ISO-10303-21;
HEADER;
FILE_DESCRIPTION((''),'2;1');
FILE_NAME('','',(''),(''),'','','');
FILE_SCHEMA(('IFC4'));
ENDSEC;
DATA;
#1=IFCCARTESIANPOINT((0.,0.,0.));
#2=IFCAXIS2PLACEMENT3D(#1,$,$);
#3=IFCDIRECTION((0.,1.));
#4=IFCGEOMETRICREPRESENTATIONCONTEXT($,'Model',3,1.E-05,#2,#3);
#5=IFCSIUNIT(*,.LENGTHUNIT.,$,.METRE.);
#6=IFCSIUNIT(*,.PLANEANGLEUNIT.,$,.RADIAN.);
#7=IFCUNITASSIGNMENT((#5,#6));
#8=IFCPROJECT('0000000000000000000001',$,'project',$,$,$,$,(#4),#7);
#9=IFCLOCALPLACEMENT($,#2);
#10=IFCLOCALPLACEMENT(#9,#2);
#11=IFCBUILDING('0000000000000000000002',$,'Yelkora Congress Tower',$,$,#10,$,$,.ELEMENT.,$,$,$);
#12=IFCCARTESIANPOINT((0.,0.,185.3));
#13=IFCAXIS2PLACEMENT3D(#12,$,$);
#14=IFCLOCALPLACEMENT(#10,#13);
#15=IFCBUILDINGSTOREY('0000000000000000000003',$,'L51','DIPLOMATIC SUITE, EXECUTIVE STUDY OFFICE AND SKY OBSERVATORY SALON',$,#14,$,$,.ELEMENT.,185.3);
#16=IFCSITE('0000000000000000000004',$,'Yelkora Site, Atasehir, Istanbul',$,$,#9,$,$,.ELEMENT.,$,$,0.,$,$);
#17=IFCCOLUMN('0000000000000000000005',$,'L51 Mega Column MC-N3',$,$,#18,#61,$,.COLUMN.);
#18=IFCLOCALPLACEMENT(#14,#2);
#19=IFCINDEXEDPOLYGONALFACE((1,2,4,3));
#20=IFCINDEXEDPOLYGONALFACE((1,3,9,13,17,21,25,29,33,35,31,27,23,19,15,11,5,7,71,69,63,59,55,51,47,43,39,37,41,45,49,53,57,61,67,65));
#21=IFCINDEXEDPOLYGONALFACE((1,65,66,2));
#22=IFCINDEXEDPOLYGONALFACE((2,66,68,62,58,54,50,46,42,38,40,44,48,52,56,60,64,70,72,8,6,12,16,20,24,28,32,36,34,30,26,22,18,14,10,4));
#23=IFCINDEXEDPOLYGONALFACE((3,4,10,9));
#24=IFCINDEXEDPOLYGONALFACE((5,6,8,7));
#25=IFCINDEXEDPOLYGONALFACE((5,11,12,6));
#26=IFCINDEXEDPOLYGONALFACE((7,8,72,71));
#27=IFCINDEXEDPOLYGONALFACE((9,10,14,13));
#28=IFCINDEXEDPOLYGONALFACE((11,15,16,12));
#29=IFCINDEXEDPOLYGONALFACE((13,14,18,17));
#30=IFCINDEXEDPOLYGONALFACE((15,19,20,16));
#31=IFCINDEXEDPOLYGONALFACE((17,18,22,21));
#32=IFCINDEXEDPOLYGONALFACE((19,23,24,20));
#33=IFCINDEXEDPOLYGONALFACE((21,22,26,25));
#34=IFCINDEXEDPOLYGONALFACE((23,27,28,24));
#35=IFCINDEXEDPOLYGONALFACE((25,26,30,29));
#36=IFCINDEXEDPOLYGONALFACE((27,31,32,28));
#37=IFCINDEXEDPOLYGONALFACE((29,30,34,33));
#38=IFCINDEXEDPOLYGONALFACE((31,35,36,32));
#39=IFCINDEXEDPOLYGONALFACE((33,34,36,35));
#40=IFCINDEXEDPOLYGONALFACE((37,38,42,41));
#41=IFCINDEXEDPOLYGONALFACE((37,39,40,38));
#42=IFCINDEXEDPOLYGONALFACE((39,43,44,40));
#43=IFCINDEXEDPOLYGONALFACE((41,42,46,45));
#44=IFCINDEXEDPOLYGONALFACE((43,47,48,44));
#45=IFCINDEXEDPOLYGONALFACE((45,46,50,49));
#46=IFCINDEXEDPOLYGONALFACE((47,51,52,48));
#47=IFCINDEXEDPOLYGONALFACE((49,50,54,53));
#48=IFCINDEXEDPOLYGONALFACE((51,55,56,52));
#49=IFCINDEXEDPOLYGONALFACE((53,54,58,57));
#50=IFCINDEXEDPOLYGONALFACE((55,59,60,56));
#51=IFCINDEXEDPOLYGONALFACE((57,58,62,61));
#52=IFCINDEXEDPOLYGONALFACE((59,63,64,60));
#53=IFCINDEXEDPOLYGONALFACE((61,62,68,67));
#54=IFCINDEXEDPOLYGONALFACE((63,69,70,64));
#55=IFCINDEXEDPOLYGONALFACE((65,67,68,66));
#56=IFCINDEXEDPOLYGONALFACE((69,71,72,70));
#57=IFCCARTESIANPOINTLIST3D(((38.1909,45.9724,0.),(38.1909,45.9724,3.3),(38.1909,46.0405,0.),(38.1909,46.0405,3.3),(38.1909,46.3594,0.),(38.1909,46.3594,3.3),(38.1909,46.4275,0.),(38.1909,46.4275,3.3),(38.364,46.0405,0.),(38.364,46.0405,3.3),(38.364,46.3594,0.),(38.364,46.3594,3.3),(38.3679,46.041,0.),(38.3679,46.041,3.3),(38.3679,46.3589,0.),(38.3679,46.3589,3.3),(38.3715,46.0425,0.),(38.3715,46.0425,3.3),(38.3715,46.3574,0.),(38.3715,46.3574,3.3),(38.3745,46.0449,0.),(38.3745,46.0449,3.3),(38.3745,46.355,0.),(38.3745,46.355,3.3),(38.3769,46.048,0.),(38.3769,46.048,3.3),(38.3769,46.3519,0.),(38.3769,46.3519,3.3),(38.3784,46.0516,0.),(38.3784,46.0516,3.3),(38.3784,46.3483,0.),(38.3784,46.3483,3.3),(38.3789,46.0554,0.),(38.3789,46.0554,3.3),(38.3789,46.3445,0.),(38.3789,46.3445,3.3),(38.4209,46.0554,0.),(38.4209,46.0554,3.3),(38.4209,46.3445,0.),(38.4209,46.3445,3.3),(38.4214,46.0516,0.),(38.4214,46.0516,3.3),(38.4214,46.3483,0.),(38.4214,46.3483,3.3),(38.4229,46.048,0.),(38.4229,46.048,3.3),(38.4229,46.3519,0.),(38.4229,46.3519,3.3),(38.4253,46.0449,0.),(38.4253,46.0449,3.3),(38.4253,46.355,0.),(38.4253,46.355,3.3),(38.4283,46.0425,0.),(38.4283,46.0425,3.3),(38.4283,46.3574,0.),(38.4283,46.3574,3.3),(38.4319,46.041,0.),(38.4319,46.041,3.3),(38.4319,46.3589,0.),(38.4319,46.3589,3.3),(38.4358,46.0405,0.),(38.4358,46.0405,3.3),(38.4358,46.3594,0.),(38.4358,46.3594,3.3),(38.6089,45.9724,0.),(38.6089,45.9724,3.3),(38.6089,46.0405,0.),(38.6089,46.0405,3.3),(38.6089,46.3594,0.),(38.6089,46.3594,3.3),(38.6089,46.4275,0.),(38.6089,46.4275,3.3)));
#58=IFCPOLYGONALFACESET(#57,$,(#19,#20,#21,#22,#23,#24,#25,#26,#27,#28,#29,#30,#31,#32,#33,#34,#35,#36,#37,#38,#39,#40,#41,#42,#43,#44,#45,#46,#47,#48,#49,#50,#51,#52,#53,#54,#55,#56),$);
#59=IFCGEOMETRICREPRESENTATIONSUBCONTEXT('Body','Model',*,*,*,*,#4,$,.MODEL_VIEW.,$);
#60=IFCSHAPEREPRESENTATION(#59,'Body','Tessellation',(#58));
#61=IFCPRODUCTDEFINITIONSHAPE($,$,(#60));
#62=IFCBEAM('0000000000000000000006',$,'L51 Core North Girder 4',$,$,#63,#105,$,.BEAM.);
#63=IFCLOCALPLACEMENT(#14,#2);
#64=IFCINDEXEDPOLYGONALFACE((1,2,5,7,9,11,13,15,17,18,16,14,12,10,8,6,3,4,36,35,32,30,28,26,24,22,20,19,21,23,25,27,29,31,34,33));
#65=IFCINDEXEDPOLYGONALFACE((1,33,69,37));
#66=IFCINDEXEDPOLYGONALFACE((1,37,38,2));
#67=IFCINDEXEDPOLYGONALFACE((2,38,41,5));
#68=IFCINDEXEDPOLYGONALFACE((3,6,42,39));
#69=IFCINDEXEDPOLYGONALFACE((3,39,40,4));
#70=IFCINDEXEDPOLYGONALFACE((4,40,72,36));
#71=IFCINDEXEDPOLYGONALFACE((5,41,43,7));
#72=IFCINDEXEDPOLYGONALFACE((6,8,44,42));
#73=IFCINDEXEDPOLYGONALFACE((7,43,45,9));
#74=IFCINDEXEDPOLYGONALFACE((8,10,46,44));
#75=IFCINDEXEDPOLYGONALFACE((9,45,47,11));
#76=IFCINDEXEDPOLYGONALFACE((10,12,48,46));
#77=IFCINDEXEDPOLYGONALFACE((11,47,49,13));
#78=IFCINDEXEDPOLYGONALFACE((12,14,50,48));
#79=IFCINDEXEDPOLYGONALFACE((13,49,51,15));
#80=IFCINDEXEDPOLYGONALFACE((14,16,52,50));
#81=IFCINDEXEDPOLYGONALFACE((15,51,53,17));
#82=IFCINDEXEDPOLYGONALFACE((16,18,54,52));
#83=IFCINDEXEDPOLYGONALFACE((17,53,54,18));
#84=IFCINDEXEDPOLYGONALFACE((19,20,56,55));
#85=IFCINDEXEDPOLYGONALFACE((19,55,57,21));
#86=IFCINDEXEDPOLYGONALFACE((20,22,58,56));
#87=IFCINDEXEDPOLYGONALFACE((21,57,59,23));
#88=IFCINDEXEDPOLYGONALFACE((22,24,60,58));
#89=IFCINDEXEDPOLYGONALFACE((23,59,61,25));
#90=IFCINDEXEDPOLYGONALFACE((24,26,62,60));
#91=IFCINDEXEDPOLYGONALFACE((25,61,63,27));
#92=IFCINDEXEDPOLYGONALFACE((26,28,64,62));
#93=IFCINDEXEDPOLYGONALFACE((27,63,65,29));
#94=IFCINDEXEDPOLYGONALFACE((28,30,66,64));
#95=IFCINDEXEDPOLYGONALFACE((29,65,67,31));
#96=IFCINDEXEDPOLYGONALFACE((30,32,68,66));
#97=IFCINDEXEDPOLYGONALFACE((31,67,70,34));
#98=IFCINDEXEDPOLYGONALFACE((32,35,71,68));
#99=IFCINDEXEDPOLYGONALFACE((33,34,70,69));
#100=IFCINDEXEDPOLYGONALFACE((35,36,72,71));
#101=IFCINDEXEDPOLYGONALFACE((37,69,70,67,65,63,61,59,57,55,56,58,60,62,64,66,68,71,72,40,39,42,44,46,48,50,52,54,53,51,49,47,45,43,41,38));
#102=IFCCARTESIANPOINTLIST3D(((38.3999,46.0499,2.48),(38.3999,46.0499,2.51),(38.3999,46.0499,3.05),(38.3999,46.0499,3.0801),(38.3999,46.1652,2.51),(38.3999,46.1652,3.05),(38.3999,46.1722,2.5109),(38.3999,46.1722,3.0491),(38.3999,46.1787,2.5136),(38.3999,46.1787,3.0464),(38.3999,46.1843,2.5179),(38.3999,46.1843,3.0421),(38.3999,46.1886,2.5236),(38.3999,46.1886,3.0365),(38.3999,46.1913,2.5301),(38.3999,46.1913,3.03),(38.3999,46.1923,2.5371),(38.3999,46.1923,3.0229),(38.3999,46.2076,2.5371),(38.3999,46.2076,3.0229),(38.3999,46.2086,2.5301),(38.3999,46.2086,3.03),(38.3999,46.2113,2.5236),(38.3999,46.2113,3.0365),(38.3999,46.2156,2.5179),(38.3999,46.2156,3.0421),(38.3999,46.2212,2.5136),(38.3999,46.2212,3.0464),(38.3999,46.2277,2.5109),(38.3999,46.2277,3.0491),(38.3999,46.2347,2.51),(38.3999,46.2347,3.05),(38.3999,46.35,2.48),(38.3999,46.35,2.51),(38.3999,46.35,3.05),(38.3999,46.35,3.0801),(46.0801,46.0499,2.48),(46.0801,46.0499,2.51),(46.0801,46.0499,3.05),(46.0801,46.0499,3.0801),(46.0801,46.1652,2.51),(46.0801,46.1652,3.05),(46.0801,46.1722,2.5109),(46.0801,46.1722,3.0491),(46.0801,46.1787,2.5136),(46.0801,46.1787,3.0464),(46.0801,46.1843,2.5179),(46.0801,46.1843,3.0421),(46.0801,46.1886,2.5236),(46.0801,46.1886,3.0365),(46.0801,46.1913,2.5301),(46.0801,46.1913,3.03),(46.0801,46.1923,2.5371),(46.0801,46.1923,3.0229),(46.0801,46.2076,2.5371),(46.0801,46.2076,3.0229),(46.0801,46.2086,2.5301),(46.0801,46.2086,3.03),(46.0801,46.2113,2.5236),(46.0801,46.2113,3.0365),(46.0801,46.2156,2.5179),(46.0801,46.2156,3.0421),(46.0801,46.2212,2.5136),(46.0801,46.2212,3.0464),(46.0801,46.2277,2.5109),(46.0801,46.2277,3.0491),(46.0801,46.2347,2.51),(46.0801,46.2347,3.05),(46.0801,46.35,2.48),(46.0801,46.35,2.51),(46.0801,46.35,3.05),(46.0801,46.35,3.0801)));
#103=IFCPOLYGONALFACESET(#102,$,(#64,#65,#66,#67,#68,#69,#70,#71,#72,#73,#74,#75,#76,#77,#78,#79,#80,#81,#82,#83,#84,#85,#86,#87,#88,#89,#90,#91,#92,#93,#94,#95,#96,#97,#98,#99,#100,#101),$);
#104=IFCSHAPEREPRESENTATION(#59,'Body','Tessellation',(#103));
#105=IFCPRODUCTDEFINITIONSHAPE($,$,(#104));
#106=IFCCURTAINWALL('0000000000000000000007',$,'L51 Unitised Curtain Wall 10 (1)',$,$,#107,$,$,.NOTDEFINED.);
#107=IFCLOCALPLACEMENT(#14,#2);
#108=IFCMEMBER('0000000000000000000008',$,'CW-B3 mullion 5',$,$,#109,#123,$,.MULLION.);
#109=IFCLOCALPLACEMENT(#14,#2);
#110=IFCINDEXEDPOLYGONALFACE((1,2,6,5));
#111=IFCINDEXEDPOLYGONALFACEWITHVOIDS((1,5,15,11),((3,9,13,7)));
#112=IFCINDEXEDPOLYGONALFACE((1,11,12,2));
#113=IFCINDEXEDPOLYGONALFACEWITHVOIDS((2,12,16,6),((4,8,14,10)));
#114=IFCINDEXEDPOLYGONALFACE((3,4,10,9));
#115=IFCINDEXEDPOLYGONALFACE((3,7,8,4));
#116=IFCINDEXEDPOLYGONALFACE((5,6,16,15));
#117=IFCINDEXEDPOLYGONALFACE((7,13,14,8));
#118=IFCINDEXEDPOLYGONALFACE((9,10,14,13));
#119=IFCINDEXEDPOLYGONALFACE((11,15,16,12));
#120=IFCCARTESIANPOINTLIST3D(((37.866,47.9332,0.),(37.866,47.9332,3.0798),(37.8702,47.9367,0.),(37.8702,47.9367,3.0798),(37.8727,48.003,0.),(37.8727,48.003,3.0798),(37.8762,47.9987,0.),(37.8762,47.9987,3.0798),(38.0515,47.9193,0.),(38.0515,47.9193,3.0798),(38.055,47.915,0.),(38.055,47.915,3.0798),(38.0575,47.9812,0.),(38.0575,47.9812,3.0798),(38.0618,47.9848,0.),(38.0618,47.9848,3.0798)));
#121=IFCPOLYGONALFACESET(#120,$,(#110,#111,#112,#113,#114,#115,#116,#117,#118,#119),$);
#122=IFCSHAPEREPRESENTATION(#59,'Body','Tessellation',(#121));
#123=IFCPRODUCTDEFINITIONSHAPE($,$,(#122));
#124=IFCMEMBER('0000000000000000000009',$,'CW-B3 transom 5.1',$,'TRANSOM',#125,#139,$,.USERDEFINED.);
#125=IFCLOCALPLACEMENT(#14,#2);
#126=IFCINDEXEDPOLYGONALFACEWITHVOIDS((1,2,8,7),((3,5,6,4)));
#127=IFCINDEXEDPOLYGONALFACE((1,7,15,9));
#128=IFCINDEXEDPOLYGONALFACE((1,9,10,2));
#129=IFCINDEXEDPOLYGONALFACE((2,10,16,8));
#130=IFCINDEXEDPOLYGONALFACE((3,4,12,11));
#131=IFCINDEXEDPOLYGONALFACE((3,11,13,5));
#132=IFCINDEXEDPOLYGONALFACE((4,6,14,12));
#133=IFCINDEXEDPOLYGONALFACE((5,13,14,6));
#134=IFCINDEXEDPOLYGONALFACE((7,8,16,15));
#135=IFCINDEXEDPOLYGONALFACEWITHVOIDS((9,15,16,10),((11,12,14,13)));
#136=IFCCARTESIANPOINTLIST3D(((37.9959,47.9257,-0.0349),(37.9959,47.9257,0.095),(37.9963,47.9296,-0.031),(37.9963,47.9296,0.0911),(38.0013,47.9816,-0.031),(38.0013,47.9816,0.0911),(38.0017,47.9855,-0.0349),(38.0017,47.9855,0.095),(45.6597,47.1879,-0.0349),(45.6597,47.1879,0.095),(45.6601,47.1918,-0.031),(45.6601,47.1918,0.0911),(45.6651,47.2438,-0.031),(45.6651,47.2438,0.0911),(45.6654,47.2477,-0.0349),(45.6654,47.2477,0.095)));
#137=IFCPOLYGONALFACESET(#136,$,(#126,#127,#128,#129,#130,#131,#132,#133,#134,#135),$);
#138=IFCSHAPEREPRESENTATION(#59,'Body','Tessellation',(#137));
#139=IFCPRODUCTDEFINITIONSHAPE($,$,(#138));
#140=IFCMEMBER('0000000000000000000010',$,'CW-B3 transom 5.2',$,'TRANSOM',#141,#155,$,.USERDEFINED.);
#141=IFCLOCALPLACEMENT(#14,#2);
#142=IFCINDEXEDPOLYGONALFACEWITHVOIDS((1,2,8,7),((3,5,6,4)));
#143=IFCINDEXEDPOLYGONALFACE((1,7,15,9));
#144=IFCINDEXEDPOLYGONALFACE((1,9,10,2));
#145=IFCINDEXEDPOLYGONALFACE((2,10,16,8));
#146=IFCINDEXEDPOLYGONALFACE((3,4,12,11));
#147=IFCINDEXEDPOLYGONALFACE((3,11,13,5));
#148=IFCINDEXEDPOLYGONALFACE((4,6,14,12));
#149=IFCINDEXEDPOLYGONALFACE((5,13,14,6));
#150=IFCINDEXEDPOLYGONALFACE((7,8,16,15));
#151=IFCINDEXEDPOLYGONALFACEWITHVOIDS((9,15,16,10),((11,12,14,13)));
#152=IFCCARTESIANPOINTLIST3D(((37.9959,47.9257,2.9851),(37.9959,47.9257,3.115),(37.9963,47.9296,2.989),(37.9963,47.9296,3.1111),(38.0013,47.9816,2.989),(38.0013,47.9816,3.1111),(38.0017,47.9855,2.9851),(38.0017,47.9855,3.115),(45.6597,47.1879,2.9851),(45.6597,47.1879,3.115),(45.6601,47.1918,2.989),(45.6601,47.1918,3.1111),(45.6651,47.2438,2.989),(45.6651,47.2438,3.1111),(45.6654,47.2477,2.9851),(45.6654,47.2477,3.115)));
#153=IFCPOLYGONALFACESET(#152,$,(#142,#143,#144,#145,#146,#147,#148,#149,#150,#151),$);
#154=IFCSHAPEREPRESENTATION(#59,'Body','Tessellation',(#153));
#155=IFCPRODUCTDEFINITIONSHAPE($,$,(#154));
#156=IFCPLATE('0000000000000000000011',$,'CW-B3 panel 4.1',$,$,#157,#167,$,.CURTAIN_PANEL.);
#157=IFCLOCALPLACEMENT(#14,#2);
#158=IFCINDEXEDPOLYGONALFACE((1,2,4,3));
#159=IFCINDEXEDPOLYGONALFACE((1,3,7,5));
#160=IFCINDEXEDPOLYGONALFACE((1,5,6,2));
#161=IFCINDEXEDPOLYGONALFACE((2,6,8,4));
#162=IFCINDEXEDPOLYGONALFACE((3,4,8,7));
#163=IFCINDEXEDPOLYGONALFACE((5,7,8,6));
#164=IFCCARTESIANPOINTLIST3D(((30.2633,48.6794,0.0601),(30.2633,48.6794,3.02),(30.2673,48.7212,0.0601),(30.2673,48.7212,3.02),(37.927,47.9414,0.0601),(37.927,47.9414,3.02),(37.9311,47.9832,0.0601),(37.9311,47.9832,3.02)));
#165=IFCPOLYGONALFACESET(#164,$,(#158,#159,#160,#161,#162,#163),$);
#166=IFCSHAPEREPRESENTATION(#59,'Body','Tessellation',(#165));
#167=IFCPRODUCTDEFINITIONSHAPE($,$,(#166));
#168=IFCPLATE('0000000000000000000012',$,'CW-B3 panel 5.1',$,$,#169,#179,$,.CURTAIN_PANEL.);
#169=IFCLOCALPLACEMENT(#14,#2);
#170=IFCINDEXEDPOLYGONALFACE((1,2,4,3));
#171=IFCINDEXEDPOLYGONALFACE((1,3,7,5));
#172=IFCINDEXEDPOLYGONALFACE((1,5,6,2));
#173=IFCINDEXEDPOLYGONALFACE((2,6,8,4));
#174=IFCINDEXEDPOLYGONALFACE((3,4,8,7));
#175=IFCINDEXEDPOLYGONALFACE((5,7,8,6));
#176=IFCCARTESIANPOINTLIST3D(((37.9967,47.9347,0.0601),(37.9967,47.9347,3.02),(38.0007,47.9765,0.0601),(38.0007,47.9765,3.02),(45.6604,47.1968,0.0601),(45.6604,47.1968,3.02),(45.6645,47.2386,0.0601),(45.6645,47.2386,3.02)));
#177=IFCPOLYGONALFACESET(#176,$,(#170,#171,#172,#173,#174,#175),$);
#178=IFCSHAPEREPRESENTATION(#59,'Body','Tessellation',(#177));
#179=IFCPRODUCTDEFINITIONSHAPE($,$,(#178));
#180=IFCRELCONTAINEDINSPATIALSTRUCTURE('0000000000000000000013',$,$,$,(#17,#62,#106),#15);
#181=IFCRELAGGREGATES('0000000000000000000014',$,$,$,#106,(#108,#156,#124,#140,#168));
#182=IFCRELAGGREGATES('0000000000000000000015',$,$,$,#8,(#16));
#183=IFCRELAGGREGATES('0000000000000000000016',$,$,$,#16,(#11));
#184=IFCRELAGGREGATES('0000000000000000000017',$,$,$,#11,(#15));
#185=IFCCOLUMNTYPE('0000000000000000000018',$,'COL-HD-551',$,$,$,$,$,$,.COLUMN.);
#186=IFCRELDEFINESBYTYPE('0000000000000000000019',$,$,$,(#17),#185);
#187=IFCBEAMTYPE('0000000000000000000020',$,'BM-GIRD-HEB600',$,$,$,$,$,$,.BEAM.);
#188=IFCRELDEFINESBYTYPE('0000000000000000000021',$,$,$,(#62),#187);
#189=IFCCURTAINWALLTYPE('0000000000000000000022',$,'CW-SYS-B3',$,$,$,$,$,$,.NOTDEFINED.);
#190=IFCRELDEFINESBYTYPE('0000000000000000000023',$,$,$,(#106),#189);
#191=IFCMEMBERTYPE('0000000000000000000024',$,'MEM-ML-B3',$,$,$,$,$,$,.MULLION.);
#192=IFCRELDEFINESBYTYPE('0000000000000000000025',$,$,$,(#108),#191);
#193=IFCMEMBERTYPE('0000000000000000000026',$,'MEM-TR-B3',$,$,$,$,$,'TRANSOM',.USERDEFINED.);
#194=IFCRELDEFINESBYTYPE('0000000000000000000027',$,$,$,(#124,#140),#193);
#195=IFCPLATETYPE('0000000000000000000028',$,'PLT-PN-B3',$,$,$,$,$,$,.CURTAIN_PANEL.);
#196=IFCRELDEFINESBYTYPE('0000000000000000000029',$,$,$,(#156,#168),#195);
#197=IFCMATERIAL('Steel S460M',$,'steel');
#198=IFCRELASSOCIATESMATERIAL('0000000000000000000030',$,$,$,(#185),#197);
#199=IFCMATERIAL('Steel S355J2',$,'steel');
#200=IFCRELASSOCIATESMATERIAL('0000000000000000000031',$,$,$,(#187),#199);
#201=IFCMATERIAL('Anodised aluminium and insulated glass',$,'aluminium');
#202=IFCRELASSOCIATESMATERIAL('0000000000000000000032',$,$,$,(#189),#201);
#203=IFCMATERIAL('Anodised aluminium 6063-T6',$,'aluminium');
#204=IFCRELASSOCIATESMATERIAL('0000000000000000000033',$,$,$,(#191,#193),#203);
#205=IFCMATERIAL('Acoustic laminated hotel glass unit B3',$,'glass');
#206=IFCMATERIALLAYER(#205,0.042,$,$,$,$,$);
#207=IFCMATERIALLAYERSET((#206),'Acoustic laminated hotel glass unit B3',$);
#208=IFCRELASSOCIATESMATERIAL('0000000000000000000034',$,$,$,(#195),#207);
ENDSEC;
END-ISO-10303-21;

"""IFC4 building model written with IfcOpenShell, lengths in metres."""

from ifc_helpers import new_model, si_unit, direction, frame, origin, origin_2d, place, context, subcontext, project, spatial, rectangle, hollow_rectangle, i_section, extrude, material, layer, layer_set, material_profile, profile_set, type_object, element, aggregate, save


model = new_model("IFC4")

# Units and contexts
model_context = context("Model", 3, precision=1e-05, world=origin(), true_north=direction((0.0, 1.0)))
body_context = subcontext(model_context, "Body", "Model", "MODEL_VIEW")
ifc_project = project(units=[si_unit("LENGTHUNIT", "METRE"), si_unit("PLANEANGLEUNIT", "RADIAN")], contexts=[model_context])

# Site, building, storey
site_placement = place(None, origin())
site = spatial("IfcSite", under=ifc_project, at=site_placement, Name="Yelkora Site, Atasehir, Istanbul", CompositionType="ELEMENT", RefElevation=0.0)
building_placement = place(site_placement, origin())
building = spatial("IfcBuilding", under=site, at=building_placement, Name="Yelkora Congress Tower", CompositionType="ELEMENT")
storey_placement = place(building_placement, frame((0.0, 0.0, 185.3)))
storey = spatial("IfcBuildingStorey", under=building, at=storey_placement, Name="L51", Description="DIPLOMATIC SUITE, EXECUTIVE STUDY OFFICE AND SKY OBSERVATORY SALON", CompositionType="ELEMENT", Elevation=185.3)

# Column
ifc_material_1 = material(Name="Steel S460M", Category="steel")
ifc_material_profile_1 = material_profile(ifc_material_1, i_section(OverallWidth=0.418, OverallDepth=0.4551, WebThickness=0.042, FlangeThickness=0.0681, FilletRadius=0.0149, at=origin_2d()), Name="HD 400x551")
ifc_profile_set_1 = profile_set([ifc_material_profile_1], Name="Steel S460M")
column_type = type_object("IfcColumnType", Name="COL-HD-551", PredefinedType="COLUMN", material=ifc_profile_set_1)
column_placement = place(storey_placement, frame((38.3999, 46.2, 0.0), z_axis=(0.0, 0.0, 1.0), x_axis=(1.0, 0.0, 0.0)))
element("IfcColumn", 1, at=column_placement, inside=storey, type_object=column_type, Name="L51 Mega Column MC-N3", PredefinedType="COLUMN", context=body_context, shape_type="SweptSolid", body=[
    extrude(i_section(OverallWidth=0.418, OverallDepth=0.4551, WebThickness=0.042, FlangeThickness=0.0681, FilletRadius=0.0149, at=origin_2d()), origin(), (0.0, 0.0, 1.0), 3.3),
])

# Beam
ifc_material_2 = material(Name="Steel S355J2", Category="steel")
ifc_material_profile_2 = material_profile(ifc_material_2, i_section(OverallWidth=0.3, OverallDepth=0.6001, WebThickness=0.0154, FlangeThickness=0.03, FilletRadius=0.0271, at=origin_2d()), Name="HEB 600")
ifc_profile_set_2 = profile_set([ifc_material_profile_2], Name="Steel S355J2")
beam_type = type_object("IfcBeamType", Name="BM-GIRD-HEB600", PredefinedType="BEAM", material=ifc_profile_set_2)
beam_placement = place(storey_placement, frame((38.3999, 46.2, 2.78), z_axis=(1.0, 0.0, 0.0), x_axis=(0.0, 1.0, 0.0)))
element("IfcBeam", 2, at=beam_placement, inside=storey, type_object=beam_type, Name="L51 Core North Girder 4", PredefinedType="BEAM", context=body_context, shape_type="SweptSolid", body=[
    extrude(i_section(OverallWidth=0.3, OverallDepth=0.6001, WebThickness=0.0154, FlangeThickness=0.03, FilletRadius=0.0271, at=origin_2d()), origin(), (0.0, 0.0, 1.0), 7.6802),
])

# Curtain wall, members, plates
ifc_material_3 = material(Name="Anodised aluminium and insulated glass", Category="aluminium")
curtain_wall_type = type_object("IfcCurtainWallType", Name="CW-SYS-B3", PredefinedType="NOTDEFINED", material=ifc_material_3)
curtain_wall_placement = place(storey_placement, origin())
curtain_wall = element("IfcCurtainWall", 3, at=curtain_wall_placement, inside=storey, type_object=curtain_wall_type, Name="L51 Unitised Curtain Wall 10 (1)", PredefinedType="NOTDEFINED")
ifc_material_4 = material(Name="Anodised aluminium 6063-T6", Category="aluminium")
ifc_material_profile_3 = material_profile(ifc_material_4, hollow_rectangle(XDim=0.0701, YDim=0.1899, WallThickness=0.0039, at=origin_2d()), Name="ALU 70x190x4")
ifc_profile_set_3 = profile_set([ifc_material_profile_3], Name="Anodised aluminium 6063-T6")
member_type_1 = type_object("IfcMemberType", Name="MEM-ML-B3", PredefinedType="MULLION", material=ifc_profile_set_3)
member_1_placement = place(storey_placement, frame((37.9639, 47.959, 0.0), z_axis=(0.0, 0.0, 1.0), x_axis=(0.095845, 0.995396, 0.0)))
member_1 = element("IfcMember", 4, at=member_1_placement, type_object=member_type_1, Name="CW-B3 mullion 5", PredefinedType="MULLION", context=body_context, shape_type="SweptSolid", body=[
    extrude(hollow_rectangle(XDim=0.0701, YDim=0.1899, WallThickness=0.0039, at=origin_2d()), origin(), (0.0, 0.0, 1.0), 3.0798),
])
ifc_material_profile_4 = material_profile(ifc_material_4, hollow_rectangle(XDim=0.0601, YDim=0.1299, WallThickness=0.0039, at=origin_2d()), Name="ALU 60x130x4")
ifc_profile_set_4 = profile_set([ifc_material_profile_4], Name="Anodised aluminium 6063-T6")
member_type_2 = type_object("IfcMemberType", Name="MEM-TR-B3", ElementType="TRANSOM", PredefinedType="USERDEFINED", material=ifc_profile_set_4)
member_2_placement = place(storey_placement, frame((37.9988, 47.9556, 0.03), z_axis=(0.995398, -0.095827, 0.0), x_axis=(0.095827, 0.995398, 0.0)))
member_2 = element("IfcMember", 5, at=member_2_placement, type_object=member_type_2, Name="CW-B3 transom 5.1", ObjectType="TRANSOM", PredefinedType="USERDEFINED", context=body_context, shape_type="SweptSolid", body=[
    extrude(hollow_rectangle(XDim=0.0601, YDim=0.1299, WallThickness=0.0039, at=origin_2d()), origin(), (0.0, 0.0, 1.0), 7.6992),
])
member_3_placement = place(storey_placement, frame((37.9988, 47.9556, 3.05), z_axis=(0.995398, -0.095827, 0.0), x_axis=(0.095827, 0.995398, 0.0)))
member_3 = element("IfcMember", 6, at=member_3_placement, type_object=member_type_2, Name="CW-B3 transom 5.2", ObjectType="TRANSOM", PredefinedType="USERDEFINED", context=body_context, shape_type="SweptSolid", body=[
    extrude(hollow_rectangle(XDim=0.0601, YDim=0.1299, WallThickness=0.0039, at=origin_2d()), origin(), (0.0, 0.0, 1.0), 7.6992),
])
ifc_material_5 = material(Name="Acoustic laminated hotel glass unit B3", Category="glass")
ifc_layer_1 = layer(ifc_material_5, 0.042)
ifc_layer_set_1 = layer_set([ifc_layer_1], Name="Acoustic laminated hotel glass unit B3")
plate_type = type_object("IfcPlateType", Name="PLT-PN-B3", PredefinedType="CURTAIN_PANEL", material=ifc_layer_set_1)
plate_1_placement = place(storey_placement, frame((34.0972, 48.3313, 0.0601), z_axis=(0.0, 0.0, 1.0), x_axis=(0.995396, -0.095845, 0.0)))
plate_1 = element("IfcPlate", 7, at=plate_1_placement, type_object=plate_type, Name="CW-B3 panel 4.1", PredefinedType="CURTAIN_PANEL", context=body_context, shape_type="SweptSolid", body=[
    extrude(rectangle(XDim=7.6992, YDim=0.042, at=origin_2d()), origin(), (0.0, 0.0, 1.0), 2.96),
])
plate_2_placement = place(storey_placement, frame((41.8306, 47.5867, 0.0601), z_axis=(0.0, 0.0, 1.0), x_axis=(0.995396, -0.095845, 0.0)))
plate_2 = element("IfcPlate", 8, at=plate_2_placement, type_object=plate_type, Name="CW-B3 panel 5.1", PredefinedType="CURTAIN_PANEL", context=body_context, shape_type="SweptSolid", body=[
    extrude(rectangle(XDim=7.6992, YDim=0.042, at=origin_2d()), origin(), (0.0, 0.0, 1.0), 2.96),
])
aggregate(curtain_wall, [member_1, plate_1, member_2, member_3, plate_2])

save(model, "model.ifc")
